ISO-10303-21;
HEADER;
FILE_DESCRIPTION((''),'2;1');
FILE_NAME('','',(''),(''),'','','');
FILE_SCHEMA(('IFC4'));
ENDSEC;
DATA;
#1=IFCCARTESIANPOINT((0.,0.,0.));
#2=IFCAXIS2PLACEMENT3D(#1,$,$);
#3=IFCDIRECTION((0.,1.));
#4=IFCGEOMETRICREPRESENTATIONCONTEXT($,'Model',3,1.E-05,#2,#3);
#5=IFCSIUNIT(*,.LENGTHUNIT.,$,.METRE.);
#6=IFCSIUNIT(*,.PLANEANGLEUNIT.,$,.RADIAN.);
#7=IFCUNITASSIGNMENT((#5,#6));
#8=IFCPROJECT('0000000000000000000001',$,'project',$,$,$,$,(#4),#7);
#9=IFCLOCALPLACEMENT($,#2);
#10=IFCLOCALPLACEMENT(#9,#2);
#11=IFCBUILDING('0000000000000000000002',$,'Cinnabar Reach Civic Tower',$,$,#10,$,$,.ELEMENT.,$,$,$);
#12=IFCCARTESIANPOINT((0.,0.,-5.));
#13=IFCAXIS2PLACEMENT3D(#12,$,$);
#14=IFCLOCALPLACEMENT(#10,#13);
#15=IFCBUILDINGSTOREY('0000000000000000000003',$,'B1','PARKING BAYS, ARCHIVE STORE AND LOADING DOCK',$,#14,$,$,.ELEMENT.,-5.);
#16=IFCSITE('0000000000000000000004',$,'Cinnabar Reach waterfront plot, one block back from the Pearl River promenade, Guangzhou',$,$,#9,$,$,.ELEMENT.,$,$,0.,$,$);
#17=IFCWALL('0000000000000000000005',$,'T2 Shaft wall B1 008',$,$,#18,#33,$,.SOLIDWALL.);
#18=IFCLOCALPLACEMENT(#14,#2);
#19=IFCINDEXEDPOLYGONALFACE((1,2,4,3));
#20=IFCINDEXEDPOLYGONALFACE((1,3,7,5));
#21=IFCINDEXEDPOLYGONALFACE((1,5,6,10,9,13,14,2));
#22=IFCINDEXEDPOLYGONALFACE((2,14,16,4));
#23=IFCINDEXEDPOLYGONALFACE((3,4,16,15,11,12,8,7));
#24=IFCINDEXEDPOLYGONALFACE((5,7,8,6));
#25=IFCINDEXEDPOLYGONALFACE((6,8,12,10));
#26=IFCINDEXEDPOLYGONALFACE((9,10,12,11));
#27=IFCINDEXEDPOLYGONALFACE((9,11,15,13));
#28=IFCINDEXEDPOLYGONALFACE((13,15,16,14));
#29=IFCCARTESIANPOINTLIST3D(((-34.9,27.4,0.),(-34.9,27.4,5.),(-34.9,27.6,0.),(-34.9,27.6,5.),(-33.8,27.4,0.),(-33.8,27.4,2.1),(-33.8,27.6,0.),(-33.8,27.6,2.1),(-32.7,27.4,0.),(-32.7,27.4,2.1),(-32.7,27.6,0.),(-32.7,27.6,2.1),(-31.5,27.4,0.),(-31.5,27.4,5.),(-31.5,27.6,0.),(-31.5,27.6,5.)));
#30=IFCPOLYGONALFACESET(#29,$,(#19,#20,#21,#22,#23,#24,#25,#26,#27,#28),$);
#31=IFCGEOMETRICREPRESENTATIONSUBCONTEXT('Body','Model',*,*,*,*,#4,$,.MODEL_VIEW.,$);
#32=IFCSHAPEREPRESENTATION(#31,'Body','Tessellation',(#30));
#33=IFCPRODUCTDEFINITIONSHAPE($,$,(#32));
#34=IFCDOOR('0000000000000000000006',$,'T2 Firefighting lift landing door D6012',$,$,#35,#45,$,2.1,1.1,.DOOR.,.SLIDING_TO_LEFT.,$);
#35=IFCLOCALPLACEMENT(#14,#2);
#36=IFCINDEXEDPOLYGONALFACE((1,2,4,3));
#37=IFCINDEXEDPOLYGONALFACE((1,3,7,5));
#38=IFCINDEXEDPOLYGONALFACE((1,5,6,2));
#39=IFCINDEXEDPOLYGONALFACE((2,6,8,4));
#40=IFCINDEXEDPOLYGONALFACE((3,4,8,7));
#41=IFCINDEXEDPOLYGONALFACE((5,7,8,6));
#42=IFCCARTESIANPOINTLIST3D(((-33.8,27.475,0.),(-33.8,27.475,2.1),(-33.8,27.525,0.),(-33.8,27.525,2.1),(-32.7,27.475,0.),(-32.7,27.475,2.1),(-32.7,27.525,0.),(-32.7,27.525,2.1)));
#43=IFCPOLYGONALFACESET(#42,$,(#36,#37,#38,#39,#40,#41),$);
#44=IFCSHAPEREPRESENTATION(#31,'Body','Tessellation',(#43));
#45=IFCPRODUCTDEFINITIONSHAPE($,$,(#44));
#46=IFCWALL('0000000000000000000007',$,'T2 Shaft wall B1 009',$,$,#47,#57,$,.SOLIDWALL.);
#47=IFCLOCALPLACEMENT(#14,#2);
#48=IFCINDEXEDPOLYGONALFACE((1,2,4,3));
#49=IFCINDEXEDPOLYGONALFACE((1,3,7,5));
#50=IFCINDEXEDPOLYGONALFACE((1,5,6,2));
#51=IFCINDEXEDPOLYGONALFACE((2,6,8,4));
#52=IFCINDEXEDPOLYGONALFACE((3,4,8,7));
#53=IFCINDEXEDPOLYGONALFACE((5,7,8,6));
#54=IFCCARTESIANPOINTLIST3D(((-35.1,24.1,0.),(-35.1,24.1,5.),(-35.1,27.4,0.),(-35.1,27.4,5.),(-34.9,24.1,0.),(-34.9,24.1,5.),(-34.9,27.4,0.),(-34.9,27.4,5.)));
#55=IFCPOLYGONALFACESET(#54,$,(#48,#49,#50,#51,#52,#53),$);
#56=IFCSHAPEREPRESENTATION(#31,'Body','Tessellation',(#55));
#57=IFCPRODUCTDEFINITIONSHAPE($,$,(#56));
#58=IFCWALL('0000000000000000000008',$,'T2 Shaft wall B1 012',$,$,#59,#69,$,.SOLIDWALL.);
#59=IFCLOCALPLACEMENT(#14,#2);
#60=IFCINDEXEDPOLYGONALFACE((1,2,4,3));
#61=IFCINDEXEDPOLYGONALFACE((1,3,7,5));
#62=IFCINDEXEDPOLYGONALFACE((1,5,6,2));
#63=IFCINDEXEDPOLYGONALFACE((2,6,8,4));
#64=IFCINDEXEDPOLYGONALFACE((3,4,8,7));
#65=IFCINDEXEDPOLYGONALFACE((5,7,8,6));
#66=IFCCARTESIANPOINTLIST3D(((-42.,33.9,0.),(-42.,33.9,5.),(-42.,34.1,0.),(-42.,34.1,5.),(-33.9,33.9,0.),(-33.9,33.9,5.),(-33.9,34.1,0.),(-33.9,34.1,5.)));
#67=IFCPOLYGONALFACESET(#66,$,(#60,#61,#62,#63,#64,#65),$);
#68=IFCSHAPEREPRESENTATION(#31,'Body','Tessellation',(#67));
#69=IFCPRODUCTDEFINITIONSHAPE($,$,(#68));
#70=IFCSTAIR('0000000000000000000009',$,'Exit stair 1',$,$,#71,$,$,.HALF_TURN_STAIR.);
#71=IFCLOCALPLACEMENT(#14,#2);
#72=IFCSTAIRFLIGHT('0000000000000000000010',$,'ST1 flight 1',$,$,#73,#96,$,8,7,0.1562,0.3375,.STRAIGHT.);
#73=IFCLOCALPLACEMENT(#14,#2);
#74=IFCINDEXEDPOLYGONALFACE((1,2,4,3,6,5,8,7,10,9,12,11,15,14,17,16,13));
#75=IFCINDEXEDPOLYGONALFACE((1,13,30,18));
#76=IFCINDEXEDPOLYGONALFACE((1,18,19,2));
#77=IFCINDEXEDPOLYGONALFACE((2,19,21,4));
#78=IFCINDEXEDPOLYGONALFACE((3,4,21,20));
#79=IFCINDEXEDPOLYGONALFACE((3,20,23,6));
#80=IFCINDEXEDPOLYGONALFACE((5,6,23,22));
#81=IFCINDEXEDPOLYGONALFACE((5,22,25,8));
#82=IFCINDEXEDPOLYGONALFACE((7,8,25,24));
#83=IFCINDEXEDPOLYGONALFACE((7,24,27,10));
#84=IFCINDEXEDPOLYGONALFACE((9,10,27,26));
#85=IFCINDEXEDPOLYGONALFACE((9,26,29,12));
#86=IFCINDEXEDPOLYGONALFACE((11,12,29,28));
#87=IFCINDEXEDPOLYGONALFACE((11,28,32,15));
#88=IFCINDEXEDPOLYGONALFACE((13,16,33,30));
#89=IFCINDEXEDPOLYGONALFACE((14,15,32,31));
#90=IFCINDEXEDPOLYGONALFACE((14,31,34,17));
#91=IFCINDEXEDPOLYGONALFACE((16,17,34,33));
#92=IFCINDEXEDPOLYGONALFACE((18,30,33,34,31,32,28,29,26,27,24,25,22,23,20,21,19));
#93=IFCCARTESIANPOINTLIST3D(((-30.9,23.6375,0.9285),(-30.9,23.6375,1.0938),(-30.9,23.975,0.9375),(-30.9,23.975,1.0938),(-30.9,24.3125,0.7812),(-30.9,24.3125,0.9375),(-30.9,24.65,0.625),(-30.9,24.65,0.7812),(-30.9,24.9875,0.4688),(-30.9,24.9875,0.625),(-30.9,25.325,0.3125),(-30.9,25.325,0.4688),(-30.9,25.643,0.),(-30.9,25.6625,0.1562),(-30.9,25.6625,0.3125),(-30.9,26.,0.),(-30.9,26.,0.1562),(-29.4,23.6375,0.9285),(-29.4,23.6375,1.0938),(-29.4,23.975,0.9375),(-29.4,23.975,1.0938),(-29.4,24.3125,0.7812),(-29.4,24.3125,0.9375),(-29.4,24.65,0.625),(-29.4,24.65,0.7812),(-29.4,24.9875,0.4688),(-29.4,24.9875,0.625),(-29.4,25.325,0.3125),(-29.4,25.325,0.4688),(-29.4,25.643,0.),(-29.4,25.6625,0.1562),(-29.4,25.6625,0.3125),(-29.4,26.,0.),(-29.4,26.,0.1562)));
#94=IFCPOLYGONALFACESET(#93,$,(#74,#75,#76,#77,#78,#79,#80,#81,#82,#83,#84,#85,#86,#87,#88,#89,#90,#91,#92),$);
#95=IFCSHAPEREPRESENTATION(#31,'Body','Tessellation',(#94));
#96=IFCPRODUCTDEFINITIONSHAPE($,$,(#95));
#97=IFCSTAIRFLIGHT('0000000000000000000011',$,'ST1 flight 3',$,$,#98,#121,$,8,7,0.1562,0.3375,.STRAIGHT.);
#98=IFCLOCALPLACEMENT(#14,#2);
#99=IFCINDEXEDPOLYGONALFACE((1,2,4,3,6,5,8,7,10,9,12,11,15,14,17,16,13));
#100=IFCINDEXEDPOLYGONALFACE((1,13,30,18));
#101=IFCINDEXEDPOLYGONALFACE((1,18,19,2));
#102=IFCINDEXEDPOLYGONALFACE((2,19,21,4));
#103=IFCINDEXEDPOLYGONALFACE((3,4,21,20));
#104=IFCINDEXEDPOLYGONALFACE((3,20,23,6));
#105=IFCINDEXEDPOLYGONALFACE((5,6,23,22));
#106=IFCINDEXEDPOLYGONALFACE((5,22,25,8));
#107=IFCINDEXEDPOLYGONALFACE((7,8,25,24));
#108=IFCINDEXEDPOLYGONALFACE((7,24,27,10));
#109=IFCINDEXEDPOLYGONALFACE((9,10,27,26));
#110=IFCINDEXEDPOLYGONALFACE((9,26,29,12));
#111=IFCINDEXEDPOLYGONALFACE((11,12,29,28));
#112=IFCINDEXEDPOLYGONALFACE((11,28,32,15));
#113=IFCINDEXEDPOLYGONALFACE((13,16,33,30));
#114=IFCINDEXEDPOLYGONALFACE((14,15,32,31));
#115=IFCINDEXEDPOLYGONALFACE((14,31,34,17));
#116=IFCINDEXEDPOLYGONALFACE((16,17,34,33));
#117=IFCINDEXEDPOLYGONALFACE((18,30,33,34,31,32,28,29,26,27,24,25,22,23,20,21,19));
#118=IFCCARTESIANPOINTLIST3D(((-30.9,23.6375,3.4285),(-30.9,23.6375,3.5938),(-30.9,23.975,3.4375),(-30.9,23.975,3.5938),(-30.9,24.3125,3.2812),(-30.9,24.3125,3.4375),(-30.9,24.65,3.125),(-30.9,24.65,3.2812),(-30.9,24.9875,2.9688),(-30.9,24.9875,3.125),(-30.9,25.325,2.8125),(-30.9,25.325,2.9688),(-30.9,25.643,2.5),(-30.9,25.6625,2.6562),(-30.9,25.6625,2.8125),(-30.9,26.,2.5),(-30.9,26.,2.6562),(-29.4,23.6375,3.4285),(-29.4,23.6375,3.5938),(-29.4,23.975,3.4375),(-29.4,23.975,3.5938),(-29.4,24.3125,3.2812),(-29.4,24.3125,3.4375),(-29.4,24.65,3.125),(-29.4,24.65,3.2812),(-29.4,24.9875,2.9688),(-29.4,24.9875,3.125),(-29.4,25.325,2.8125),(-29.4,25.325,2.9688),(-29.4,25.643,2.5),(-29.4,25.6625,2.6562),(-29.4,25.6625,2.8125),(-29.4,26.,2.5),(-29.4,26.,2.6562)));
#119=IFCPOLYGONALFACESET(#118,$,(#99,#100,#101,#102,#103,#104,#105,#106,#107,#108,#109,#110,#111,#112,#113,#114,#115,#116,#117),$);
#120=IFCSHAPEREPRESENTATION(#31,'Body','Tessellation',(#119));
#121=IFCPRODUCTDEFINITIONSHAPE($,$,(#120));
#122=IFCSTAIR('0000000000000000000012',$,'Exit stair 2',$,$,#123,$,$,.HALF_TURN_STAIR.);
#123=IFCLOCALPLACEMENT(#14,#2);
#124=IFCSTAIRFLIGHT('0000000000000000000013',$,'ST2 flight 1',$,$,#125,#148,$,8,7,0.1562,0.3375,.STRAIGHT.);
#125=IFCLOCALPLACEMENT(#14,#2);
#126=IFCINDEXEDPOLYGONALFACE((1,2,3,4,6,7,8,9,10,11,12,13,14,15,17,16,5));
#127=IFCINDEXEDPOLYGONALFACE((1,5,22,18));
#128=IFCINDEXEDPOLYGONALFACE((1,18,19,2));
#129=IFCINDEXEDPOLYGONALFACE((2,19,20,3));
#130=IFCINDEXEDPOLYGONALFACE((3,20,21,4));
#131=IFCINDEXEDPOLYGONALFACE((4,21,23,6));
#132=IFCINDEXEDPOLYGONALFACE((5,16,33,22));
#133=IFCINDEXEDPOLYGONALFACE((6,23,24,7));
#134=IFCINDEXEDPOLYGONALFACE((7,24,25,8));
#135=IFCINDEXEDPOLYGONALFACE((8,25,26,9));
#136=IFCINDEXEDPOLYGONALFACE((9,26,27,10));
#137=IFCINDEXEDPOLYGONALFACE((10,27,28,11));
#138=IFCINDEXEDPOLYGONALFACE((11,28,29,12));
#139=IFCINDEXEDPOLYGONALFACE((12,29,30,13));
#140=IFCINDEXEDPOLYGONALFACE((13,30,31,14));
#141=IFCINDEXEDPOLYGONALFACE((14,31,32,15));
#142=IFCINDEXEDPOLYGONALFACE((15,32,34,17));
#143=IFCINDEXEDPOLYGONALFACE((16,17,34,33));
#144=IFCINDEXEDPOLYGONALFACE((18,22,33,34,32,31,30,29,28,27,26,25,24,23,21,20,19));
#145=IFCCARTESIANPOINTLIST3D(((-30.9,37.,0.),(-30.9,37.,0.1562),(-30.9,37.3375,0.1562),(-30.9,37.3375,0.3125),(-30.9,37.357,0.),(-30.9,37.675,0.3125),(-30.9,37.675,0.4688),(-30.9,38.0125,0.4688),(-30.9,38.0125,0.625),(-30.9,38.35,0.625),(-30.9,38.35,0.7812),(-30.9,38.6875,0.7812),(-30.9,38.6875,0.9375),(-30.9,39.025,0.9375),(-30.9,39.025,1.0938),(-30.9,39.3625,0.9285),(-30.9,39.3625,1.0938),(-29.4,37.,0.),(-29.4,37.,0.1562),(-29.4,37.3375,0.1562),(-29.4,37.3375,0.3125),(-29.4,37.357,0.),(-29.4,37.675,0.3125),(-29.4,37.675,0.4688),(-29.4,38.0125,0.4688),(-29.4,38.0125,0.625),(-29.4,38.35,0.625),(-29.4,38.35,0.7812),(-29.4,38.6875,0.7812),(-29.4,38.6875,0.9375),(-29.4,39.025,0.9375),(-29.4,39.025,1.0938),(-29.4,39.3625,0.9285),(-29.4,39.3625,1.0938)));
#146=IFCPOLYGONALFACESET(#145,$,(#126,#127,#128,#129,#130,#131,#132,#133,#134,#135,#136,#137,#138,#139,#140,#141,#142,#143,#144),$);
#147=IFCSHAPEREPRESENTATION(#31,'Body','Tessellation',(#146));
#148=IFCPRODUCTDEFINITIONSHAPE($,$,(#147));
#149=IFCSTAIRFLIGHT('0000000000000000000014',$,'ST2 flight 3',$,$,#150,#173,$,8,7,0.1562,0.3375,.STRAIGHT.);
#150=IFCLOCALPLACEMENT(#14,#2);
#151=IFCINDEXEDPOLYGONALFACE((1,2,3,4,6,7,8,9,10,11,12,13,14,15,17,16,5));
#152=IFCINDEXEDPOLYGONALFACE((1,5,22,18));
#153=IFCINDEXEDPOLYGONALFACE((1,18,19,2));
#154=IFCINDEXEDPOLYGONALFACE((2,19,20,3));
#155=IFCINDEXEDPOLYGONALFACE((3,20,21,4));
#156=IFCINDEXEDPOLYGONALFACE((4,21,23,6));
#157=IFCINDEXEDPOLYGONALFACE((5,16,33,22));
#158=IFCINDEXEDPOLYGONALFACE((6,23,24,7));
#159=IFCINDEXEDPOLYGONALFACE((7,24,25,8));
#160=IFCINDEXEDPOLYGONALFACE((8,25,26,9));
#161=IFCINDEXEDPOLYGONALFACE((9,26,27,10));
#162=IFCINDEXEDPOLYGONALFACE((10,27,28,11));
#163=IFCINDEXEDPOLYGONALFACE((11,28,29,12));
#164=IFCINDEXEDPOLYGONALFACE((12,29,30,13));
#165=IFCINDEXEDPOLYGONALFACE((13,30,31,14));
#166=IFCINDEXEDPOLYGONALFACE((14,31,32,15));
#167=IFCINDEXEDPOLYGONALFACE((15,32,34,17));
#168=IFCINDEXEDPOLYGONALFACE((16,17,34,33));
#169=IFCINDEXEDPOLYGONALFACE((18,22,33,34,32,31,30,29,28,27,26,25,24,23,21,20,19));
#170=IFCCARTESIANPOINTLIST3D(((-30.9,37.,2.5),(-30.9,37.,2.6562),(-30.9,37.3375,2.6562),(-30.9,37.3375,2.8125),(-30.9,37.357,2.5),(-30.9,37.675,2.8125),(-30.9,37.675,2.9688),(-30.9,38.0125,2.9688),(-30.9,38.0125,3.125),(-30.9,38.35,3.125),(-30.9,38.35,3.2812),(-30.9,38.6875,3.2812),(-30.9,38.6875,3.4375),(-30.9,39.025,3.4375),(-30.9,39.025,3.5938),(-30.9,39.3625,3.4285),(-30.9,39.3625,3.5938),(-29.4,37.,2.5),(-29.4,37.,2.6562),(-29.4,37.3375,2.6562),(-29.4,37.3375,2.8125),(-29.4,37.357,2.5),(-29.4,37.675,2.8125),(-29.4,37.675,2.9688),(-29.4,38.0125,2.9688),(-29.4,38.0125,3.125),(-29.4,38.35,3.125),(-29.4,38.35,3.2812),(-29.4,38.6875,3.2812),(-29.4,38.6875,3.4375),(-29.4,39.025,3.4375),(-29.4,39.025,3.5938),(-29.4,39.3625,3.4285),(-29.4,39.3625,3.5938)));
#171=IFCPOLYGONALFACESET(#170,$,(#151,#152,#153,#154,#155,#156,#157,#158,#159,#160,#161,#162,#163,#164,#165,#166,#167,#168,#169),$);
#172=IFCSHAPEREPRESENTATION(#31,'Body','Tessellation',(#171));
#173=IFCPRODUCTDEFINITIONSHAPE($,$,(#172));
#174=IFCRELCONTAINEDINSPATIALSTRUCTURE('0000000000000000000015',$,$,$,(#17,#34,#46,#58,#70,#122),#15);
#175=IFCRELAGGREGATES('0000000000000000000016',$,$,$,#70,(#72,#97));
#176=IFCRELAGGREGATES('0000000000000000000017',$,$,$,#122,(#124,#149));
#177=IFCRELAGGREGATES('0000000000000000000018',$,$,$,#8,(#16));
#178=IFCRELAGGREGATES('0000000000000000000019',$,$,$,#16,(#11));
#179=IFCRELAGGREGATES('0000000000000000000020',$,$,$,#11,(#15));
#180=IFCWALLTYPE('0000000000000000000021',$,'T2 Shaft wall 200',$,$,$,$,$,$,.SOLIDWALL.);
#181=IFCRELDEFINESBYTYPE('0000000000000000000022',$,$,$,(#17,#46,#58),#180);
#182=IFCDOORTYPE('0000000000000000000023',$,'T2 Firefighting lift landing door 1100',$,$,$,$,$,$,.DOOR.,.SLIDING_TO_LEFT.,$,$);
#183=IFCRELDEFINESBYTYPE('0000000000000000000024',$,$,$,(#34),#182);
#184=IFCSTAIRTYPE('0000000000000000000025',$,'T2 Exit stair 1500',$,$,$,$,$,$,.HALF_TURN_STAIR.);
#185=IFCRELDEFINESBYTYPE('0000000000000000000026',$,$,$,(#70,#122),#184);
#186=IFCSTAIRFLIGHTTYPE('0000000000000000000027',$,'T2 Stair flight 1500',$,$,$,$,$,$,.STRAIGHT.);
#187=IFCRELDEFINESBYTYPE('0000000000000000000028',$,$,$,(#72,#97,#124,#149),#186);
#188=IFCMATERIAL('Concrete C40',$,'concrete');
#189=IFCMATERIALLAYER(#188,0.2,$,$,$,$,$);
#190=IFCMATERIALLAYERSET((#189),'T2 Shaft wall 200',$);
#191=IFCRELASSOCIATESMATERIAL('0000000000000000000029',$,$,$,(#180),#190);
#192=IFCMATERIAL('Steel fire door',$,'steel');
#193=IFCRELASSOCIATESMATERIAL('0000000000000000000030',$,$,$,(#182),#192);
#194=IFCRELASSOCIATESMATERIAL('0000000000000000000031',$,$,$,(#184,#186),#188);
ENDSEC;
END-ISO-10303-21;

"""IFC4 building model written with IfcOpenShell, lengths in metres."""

from ifc_helpers import new_model, si_unit, direction, frame, frame_2d, origin, place, context, subcontext, project, spatial, polyline, rectangle, outline, extrude, material, layer, layer_set, type_object, element, fill, aggregate, save


model = new_model("IFC4")

# Units and contexts
model_context = context("Model", 3, precision=1e-05, world=origin(), true_north=direction((0.0, 1.0)))
body_context = subcontext(model_context, "Body", "Model", "MODEL_VIEW")
ifc_project = project(units=[si_unit("LENGTHUNIT", "METRE"), si_unit("PLANEANGLEUNIT", "RADIAN")], contexts=[model_context])

# Site, building, storey
site_placement = place(None, origin())
site = spatial("IfcSite", under=ifc_project, at=site_placement, Name="Cinnabar Reach waterfront plot, one block back from the Pearl River promenade, Guangzhou", CompositionType="ELEMENT", RefElevation=0.0)
building_placement = place(site_placement, origin())
building = spatial("IfcBuilding", under=site, at=building_placement, Name="Cinnabar Reach Civic Tower", CompositionType="ELEMENT")
storey_placement = place(building_placement, frame((0.0, 0.0, -5.0)))
storey = spatial("IfcBuildingStorey", under=building, at=storey_placement, Name="B1", Description="PARKING BAYS, ARCHIVE STORE AND LOADING DOCK", CompositionType="ELEMENT", Elevation=-5.0)

# Shared definitions
ifc_material_1 = material(Name="Steel fire door", Category="steel")

# Shared definitions
ifc_material_2 = material(Name="Concrete C40", Category="concrete")

# Shared definitions
ifc_layer_1 = layer(ifc_material_2, 0.2)
ifc_layer_set_1 = layer_set([ifc_layer_1], Name="T2 Shaft wall 200")
wall_type_1 = type_object("IfcWallType", Name="T2 Shaft wall 200", PredefinedType="SOLIDWALL", material=ifc_layer_set_1)

# Wall, opening, door
wall_1_placement = place(storey_placement, frame((-34.9, 27.5, 0.0), z_axis=(0.0, 0.0, 1.0), x_axis=(1.0, 0.0, 0.0)))
wall_1 = element("IfcWall", 1, at=wall_1_placement, inside=storey, type_object=wall_type_1, Name="T2 Shaft wall B1 008", PredefinedType="SOLIDWALL", context=body_context, shape_type="SweptSolid", body=[
    extrude(rectangle(XDim=3.4, YDim=0.2, at=frame_2d((1.7, 0.0))), origin(), (0.0, 0.0, 1.0), 5.0),
])
opening_1_placement = place(wall_1_placement, frame((1.1, 0.0, 0.0)))
opening_1 = element("IfcOpeningElement", 2, at=opening_1_placement, cuts=wall_1, PredefinedType="OPENING", context=body_context, shape_type="SweptSolid", body=[
    extrude(rectangle(XDim=1.1, YDim=2.1, at=frame_2d((0.55, 1.05))), frame((0.0, 0.11, 0.0), z_axis=(0.0, -1.0, 0.0), x_axis=(1.0, 0.0, 0.0)), (0.0, 0.0, 1.0), 0.22),
])
door_type_1 = type_object("IfcDoorType", Name="T2 Firefighting lift landing door 1100", OperationType="SLIDING_TO_LEFT", PredefinedType="DOOR", material=ifc_material_1)
door_1_placement = place(opening_1_placement, origin())
door_1 = element("IfcDoor", 3, at=door_1_placement, inside=storey, type_object=door_type_1, Name="T2 Firefighting lift landing door D6012", OperationType="SLIDING_TO_LEFT", OverallHeight=2.1, OverallWidth=1.1, PredefinedType="DOOR", context=body_context, shape_type="SweptSolid", body=[
    extrude(rectangle(XDim=1.1, YDim=2.1, at=frame_2d((0.55, 1.05))), frame((0.0, 0.025, 0.0), z_axis=(0.0, -1.0, 0.0), x_axis=(1.0, 0.0, 0.0)), (0.0, 0.0, 1.0), 0.05),
])
fill(opening_1, door_1)

# Walls
wall_2_placement = place(storey_placement, frame((-35.0, 24.1, 0.0), z_axis=(0.0, 0.0, 1.0), x_axis=(0.0, 1.0, 0.0)))
element("IfcWall", 4, at=wall_2_placement, inside=storey, type_object=wall_type_1, Name="T2 Shaft wall B1 009", PredefinedType="SOLIDWALL", context=body_context, shape_type="SweptSolid", body=[
    extrude(rectangle(XDim=3.3, YDim=0.2, at=frame_2d((1.65, 0.0))), origin(), (0.0, 0.0, 1.0), 5.0),
])
wall_3_placement = place(storey_placement, frame((-33.9, 34.0, 0.0), z_axis=(0.0, 0.0, 1.0), x_axis=(-1.0, 0.0, 0.0)))
element("IfcWall", 5, at=wall_3_placement, inside=storey, type_object=wall_type_1, Name="T2 Shaft wall B1 012", PredefinedType="SOLIDWALL", context=body_context, shape_type="SweptSolid", body=[
    extrude(rectangle(XDim=8.1, YDim=0.2, at=frame_2d((4.05, 0.0))), origin(), (0.0, 0.0, 1.0), 5.0),
])

# Stairs, stair flights
stair_type = type_object("IfcStairType", Name="T2 Exit stair 1500", PredefinedType="HALF_TURN_STAIR", material=ifc_material_2)
stair_1_placement = place(storey_placement, origin())
stair_1 = element("IfcStair", 6, at=stair_1_placement, inside=storey, type_object=stair_type, Name="Exit stair 1", PredefinedType="HALF_TURN_STAIR")
stair_flight_type = type_object("IfcStairFlightType", Name="T2 Stair flight 1500", PredefinedType="STRAIGHT", material=ifc_material_2)
stair_flight_1_placement = place(storey_placement, frame((-30.15, 26.0, 0.0), z_axis=(0.0, 0.0, 1.0), x_axis=(0.0, -1.0, 0.0)))
stair_flight_1 = element("IfcStairFlight", 7, at=stair_flight_1_placement, type_object=stair_flight_type, Name="ST1 flight 1", NumberOfRisers=8, NumberOfTreads=7, PredefinedType="STRAIGHT", RiserHeight=0.1562, TreadLength=0.3375, context=body_context, shape_type="SweptSolid", body=[
    extrude(outline(polyline([(0.0, 0.0), (0.0, 0.1562), (0.3375, 0.1562), (0.3375, 0.3125), (0.675, 0.3125), (0.675, 0.4688), (1.0125, 0.4688), (1.0125, 0.625), (1.35, 0.625), (1.35, 0.7812), (1.6875, 0.7812), (1.6875, 0.9375), (2.025, 0.9375), (2.025, 1.0938), (2.3625, 1.0938), (2.3625, 1.25), (2.3625, 0.9285), (0.357, 0.0), (0.0, 0.0)])), frame((0.0, 0.75, 0.0), z_axis=(0.0, -1.0, 0.0), x_axis=(1.0, 0.0, 0.0)), (0.0, 0.0, 1.0), 1.5),
])
stair_flight_2_placement = place(storey_placement, frame((-30.15, 26.0, 2.5), z_axis=(0.0, 0.0, 1.0), x_axis=(0.0, -1.0, 0.0)))
stair_flight_2 = element("IfcStairFlight", 8, at=stair_flight_2_placement, type_object=stair_flight_type, Name="ST1 flight 3", NumberOfRisers=8, NumberOfTreads=7, PredefinedType="STRAIGHT", RiserHeight=0.1562, TreadLength=0.3375, context=body_context, shape_type="SweptSolid", body=[
    extrude(outline(polyline([(0.0, 0.0), (0.0, 0.1562), (0.3375, 0.1562), (0.3375, 0.3125), (0.675, 0.3125), (0.675, 0.4688), (1.0125, 0.4688), (1.0125, 0.625), (1.35, 0.625), (1.35, 0.7812), (1.6875, 0.7812), (1.6875, 0.9375), (2.025, 0.9375), (2.025, 1.0938), (2.3625, 1.0938), (2.3625, 1.25), (2.3625, 0.9285), (0.357, 0.0), (0.0, 0.0)])), frame((0.0, 0.75, 0.0), z_axis=(0.0, -1.0, 0.0), x_axis=(1.0, 0.0, 0.0)), (0.0, 0.0, 1.0), 1.5),
])
aggregate(stair_1, [stair_flight_1, stair_flight_2])
stair_2_placement = place(storey_placement, origin())
stair_2 = element("IfcStair", 9, at=stair_2_placement, inside=storey, type_object=stair_type, Name="Exit stair 2", PredefinedType="HALF_TURN_STAIR")
stair_flight_3_placement = place(storey_placement, frame((-30.15, 37.0, 0.0), z_axis=(0.0, 0.0, 1.0), x_axis=(0.0, 1.0, 0.0)))
stair_flight_3 = element("IfcStairFlight", 10, at=stair_flight_3_placement, type_object=stair_flight_type, Name="ST2 flight 1", NumberOfRisers=8, NumberOfTreads=7, PredefinedType="STRAIGHT", RiserHeight=0.1562, TreadLength=0.3375, context=body_context, shape_type="SweptSolid", body=[
    extrude(outline(polyline([(0.0, 0.0), (0.0, 0.1562), (0.3375, 0.1562), (0.3375, 0.3125), (0.675, 0.3125), (0.675, 0.4688), (1.0125, 0.4688), (1.0125, 0.625), (1.35, 0.625), (1.35, 0.7812), (1.6875, 0.7812), (1.6875, 0.9375), (2.025, 0.9375), (2.025, 1.0938), (2.3625, 1.0938), (2.3625, 1.25), (2.3625, 0.9285), (0.357, 0.0), (0.0, 0.0)])), frame((0.0, 0.75, 0.0), z_axis=(0.0, -1.0, 0.0), x_axis=(1.0, 0.0, 0.0)), (0.0, 0.0, 1.0), 1.5),
])
stair_flight_4_placement = place(storey_placement, frame((-30.15, 37.0, 2.5), z_axis=(0.0, 0.0, 1.0), x_axis=(0.0, 1.0, 0.0)))
stair_flight_4 = element("IfcStairFlight", 11, at=stair_flight_4_placement, type_object=stair_flight_type, Name="ST2 flight 3", NumberOfRisers=8, NumberOfTreads=7, PredefinedType="STRAIGHT", RiserHeight=0.1562, TreadLength=0.3375, context=body_context, shape_type="SweptSolid", body=[
    extrude(outline(polyline([(0.0, 0.0), (0.0, 0.1562), (0.3375, 0.1562), (0.3375, 0.3125), (0.675, 0.3125), (0.675, 0.4688), (1.0125, 0.4688), (1.0125, 0.625), (1.35, 0.625), (1.35, 0.7812), (1.6875, 0.7812), (1.6875, 0.9375), (2.025, 0.9375), (2.025, 1.0938), (2.3625, 1.0938), (2.3625, 1.25), (2.3625, 0.9285), (0.357, 0.0), (0.0, 0.0)])), frame((0.0, 0.75, 0.0), z_axis=(0.0, -1.0, 0.0), x_axis=(1.0, 0.0, 0.0)), (0.0, 0.0, 1.0), 1.5),
])
aggregate(stair_2, [stair_flight_3, stair_flight_4])

save(model, "model.ifc")
